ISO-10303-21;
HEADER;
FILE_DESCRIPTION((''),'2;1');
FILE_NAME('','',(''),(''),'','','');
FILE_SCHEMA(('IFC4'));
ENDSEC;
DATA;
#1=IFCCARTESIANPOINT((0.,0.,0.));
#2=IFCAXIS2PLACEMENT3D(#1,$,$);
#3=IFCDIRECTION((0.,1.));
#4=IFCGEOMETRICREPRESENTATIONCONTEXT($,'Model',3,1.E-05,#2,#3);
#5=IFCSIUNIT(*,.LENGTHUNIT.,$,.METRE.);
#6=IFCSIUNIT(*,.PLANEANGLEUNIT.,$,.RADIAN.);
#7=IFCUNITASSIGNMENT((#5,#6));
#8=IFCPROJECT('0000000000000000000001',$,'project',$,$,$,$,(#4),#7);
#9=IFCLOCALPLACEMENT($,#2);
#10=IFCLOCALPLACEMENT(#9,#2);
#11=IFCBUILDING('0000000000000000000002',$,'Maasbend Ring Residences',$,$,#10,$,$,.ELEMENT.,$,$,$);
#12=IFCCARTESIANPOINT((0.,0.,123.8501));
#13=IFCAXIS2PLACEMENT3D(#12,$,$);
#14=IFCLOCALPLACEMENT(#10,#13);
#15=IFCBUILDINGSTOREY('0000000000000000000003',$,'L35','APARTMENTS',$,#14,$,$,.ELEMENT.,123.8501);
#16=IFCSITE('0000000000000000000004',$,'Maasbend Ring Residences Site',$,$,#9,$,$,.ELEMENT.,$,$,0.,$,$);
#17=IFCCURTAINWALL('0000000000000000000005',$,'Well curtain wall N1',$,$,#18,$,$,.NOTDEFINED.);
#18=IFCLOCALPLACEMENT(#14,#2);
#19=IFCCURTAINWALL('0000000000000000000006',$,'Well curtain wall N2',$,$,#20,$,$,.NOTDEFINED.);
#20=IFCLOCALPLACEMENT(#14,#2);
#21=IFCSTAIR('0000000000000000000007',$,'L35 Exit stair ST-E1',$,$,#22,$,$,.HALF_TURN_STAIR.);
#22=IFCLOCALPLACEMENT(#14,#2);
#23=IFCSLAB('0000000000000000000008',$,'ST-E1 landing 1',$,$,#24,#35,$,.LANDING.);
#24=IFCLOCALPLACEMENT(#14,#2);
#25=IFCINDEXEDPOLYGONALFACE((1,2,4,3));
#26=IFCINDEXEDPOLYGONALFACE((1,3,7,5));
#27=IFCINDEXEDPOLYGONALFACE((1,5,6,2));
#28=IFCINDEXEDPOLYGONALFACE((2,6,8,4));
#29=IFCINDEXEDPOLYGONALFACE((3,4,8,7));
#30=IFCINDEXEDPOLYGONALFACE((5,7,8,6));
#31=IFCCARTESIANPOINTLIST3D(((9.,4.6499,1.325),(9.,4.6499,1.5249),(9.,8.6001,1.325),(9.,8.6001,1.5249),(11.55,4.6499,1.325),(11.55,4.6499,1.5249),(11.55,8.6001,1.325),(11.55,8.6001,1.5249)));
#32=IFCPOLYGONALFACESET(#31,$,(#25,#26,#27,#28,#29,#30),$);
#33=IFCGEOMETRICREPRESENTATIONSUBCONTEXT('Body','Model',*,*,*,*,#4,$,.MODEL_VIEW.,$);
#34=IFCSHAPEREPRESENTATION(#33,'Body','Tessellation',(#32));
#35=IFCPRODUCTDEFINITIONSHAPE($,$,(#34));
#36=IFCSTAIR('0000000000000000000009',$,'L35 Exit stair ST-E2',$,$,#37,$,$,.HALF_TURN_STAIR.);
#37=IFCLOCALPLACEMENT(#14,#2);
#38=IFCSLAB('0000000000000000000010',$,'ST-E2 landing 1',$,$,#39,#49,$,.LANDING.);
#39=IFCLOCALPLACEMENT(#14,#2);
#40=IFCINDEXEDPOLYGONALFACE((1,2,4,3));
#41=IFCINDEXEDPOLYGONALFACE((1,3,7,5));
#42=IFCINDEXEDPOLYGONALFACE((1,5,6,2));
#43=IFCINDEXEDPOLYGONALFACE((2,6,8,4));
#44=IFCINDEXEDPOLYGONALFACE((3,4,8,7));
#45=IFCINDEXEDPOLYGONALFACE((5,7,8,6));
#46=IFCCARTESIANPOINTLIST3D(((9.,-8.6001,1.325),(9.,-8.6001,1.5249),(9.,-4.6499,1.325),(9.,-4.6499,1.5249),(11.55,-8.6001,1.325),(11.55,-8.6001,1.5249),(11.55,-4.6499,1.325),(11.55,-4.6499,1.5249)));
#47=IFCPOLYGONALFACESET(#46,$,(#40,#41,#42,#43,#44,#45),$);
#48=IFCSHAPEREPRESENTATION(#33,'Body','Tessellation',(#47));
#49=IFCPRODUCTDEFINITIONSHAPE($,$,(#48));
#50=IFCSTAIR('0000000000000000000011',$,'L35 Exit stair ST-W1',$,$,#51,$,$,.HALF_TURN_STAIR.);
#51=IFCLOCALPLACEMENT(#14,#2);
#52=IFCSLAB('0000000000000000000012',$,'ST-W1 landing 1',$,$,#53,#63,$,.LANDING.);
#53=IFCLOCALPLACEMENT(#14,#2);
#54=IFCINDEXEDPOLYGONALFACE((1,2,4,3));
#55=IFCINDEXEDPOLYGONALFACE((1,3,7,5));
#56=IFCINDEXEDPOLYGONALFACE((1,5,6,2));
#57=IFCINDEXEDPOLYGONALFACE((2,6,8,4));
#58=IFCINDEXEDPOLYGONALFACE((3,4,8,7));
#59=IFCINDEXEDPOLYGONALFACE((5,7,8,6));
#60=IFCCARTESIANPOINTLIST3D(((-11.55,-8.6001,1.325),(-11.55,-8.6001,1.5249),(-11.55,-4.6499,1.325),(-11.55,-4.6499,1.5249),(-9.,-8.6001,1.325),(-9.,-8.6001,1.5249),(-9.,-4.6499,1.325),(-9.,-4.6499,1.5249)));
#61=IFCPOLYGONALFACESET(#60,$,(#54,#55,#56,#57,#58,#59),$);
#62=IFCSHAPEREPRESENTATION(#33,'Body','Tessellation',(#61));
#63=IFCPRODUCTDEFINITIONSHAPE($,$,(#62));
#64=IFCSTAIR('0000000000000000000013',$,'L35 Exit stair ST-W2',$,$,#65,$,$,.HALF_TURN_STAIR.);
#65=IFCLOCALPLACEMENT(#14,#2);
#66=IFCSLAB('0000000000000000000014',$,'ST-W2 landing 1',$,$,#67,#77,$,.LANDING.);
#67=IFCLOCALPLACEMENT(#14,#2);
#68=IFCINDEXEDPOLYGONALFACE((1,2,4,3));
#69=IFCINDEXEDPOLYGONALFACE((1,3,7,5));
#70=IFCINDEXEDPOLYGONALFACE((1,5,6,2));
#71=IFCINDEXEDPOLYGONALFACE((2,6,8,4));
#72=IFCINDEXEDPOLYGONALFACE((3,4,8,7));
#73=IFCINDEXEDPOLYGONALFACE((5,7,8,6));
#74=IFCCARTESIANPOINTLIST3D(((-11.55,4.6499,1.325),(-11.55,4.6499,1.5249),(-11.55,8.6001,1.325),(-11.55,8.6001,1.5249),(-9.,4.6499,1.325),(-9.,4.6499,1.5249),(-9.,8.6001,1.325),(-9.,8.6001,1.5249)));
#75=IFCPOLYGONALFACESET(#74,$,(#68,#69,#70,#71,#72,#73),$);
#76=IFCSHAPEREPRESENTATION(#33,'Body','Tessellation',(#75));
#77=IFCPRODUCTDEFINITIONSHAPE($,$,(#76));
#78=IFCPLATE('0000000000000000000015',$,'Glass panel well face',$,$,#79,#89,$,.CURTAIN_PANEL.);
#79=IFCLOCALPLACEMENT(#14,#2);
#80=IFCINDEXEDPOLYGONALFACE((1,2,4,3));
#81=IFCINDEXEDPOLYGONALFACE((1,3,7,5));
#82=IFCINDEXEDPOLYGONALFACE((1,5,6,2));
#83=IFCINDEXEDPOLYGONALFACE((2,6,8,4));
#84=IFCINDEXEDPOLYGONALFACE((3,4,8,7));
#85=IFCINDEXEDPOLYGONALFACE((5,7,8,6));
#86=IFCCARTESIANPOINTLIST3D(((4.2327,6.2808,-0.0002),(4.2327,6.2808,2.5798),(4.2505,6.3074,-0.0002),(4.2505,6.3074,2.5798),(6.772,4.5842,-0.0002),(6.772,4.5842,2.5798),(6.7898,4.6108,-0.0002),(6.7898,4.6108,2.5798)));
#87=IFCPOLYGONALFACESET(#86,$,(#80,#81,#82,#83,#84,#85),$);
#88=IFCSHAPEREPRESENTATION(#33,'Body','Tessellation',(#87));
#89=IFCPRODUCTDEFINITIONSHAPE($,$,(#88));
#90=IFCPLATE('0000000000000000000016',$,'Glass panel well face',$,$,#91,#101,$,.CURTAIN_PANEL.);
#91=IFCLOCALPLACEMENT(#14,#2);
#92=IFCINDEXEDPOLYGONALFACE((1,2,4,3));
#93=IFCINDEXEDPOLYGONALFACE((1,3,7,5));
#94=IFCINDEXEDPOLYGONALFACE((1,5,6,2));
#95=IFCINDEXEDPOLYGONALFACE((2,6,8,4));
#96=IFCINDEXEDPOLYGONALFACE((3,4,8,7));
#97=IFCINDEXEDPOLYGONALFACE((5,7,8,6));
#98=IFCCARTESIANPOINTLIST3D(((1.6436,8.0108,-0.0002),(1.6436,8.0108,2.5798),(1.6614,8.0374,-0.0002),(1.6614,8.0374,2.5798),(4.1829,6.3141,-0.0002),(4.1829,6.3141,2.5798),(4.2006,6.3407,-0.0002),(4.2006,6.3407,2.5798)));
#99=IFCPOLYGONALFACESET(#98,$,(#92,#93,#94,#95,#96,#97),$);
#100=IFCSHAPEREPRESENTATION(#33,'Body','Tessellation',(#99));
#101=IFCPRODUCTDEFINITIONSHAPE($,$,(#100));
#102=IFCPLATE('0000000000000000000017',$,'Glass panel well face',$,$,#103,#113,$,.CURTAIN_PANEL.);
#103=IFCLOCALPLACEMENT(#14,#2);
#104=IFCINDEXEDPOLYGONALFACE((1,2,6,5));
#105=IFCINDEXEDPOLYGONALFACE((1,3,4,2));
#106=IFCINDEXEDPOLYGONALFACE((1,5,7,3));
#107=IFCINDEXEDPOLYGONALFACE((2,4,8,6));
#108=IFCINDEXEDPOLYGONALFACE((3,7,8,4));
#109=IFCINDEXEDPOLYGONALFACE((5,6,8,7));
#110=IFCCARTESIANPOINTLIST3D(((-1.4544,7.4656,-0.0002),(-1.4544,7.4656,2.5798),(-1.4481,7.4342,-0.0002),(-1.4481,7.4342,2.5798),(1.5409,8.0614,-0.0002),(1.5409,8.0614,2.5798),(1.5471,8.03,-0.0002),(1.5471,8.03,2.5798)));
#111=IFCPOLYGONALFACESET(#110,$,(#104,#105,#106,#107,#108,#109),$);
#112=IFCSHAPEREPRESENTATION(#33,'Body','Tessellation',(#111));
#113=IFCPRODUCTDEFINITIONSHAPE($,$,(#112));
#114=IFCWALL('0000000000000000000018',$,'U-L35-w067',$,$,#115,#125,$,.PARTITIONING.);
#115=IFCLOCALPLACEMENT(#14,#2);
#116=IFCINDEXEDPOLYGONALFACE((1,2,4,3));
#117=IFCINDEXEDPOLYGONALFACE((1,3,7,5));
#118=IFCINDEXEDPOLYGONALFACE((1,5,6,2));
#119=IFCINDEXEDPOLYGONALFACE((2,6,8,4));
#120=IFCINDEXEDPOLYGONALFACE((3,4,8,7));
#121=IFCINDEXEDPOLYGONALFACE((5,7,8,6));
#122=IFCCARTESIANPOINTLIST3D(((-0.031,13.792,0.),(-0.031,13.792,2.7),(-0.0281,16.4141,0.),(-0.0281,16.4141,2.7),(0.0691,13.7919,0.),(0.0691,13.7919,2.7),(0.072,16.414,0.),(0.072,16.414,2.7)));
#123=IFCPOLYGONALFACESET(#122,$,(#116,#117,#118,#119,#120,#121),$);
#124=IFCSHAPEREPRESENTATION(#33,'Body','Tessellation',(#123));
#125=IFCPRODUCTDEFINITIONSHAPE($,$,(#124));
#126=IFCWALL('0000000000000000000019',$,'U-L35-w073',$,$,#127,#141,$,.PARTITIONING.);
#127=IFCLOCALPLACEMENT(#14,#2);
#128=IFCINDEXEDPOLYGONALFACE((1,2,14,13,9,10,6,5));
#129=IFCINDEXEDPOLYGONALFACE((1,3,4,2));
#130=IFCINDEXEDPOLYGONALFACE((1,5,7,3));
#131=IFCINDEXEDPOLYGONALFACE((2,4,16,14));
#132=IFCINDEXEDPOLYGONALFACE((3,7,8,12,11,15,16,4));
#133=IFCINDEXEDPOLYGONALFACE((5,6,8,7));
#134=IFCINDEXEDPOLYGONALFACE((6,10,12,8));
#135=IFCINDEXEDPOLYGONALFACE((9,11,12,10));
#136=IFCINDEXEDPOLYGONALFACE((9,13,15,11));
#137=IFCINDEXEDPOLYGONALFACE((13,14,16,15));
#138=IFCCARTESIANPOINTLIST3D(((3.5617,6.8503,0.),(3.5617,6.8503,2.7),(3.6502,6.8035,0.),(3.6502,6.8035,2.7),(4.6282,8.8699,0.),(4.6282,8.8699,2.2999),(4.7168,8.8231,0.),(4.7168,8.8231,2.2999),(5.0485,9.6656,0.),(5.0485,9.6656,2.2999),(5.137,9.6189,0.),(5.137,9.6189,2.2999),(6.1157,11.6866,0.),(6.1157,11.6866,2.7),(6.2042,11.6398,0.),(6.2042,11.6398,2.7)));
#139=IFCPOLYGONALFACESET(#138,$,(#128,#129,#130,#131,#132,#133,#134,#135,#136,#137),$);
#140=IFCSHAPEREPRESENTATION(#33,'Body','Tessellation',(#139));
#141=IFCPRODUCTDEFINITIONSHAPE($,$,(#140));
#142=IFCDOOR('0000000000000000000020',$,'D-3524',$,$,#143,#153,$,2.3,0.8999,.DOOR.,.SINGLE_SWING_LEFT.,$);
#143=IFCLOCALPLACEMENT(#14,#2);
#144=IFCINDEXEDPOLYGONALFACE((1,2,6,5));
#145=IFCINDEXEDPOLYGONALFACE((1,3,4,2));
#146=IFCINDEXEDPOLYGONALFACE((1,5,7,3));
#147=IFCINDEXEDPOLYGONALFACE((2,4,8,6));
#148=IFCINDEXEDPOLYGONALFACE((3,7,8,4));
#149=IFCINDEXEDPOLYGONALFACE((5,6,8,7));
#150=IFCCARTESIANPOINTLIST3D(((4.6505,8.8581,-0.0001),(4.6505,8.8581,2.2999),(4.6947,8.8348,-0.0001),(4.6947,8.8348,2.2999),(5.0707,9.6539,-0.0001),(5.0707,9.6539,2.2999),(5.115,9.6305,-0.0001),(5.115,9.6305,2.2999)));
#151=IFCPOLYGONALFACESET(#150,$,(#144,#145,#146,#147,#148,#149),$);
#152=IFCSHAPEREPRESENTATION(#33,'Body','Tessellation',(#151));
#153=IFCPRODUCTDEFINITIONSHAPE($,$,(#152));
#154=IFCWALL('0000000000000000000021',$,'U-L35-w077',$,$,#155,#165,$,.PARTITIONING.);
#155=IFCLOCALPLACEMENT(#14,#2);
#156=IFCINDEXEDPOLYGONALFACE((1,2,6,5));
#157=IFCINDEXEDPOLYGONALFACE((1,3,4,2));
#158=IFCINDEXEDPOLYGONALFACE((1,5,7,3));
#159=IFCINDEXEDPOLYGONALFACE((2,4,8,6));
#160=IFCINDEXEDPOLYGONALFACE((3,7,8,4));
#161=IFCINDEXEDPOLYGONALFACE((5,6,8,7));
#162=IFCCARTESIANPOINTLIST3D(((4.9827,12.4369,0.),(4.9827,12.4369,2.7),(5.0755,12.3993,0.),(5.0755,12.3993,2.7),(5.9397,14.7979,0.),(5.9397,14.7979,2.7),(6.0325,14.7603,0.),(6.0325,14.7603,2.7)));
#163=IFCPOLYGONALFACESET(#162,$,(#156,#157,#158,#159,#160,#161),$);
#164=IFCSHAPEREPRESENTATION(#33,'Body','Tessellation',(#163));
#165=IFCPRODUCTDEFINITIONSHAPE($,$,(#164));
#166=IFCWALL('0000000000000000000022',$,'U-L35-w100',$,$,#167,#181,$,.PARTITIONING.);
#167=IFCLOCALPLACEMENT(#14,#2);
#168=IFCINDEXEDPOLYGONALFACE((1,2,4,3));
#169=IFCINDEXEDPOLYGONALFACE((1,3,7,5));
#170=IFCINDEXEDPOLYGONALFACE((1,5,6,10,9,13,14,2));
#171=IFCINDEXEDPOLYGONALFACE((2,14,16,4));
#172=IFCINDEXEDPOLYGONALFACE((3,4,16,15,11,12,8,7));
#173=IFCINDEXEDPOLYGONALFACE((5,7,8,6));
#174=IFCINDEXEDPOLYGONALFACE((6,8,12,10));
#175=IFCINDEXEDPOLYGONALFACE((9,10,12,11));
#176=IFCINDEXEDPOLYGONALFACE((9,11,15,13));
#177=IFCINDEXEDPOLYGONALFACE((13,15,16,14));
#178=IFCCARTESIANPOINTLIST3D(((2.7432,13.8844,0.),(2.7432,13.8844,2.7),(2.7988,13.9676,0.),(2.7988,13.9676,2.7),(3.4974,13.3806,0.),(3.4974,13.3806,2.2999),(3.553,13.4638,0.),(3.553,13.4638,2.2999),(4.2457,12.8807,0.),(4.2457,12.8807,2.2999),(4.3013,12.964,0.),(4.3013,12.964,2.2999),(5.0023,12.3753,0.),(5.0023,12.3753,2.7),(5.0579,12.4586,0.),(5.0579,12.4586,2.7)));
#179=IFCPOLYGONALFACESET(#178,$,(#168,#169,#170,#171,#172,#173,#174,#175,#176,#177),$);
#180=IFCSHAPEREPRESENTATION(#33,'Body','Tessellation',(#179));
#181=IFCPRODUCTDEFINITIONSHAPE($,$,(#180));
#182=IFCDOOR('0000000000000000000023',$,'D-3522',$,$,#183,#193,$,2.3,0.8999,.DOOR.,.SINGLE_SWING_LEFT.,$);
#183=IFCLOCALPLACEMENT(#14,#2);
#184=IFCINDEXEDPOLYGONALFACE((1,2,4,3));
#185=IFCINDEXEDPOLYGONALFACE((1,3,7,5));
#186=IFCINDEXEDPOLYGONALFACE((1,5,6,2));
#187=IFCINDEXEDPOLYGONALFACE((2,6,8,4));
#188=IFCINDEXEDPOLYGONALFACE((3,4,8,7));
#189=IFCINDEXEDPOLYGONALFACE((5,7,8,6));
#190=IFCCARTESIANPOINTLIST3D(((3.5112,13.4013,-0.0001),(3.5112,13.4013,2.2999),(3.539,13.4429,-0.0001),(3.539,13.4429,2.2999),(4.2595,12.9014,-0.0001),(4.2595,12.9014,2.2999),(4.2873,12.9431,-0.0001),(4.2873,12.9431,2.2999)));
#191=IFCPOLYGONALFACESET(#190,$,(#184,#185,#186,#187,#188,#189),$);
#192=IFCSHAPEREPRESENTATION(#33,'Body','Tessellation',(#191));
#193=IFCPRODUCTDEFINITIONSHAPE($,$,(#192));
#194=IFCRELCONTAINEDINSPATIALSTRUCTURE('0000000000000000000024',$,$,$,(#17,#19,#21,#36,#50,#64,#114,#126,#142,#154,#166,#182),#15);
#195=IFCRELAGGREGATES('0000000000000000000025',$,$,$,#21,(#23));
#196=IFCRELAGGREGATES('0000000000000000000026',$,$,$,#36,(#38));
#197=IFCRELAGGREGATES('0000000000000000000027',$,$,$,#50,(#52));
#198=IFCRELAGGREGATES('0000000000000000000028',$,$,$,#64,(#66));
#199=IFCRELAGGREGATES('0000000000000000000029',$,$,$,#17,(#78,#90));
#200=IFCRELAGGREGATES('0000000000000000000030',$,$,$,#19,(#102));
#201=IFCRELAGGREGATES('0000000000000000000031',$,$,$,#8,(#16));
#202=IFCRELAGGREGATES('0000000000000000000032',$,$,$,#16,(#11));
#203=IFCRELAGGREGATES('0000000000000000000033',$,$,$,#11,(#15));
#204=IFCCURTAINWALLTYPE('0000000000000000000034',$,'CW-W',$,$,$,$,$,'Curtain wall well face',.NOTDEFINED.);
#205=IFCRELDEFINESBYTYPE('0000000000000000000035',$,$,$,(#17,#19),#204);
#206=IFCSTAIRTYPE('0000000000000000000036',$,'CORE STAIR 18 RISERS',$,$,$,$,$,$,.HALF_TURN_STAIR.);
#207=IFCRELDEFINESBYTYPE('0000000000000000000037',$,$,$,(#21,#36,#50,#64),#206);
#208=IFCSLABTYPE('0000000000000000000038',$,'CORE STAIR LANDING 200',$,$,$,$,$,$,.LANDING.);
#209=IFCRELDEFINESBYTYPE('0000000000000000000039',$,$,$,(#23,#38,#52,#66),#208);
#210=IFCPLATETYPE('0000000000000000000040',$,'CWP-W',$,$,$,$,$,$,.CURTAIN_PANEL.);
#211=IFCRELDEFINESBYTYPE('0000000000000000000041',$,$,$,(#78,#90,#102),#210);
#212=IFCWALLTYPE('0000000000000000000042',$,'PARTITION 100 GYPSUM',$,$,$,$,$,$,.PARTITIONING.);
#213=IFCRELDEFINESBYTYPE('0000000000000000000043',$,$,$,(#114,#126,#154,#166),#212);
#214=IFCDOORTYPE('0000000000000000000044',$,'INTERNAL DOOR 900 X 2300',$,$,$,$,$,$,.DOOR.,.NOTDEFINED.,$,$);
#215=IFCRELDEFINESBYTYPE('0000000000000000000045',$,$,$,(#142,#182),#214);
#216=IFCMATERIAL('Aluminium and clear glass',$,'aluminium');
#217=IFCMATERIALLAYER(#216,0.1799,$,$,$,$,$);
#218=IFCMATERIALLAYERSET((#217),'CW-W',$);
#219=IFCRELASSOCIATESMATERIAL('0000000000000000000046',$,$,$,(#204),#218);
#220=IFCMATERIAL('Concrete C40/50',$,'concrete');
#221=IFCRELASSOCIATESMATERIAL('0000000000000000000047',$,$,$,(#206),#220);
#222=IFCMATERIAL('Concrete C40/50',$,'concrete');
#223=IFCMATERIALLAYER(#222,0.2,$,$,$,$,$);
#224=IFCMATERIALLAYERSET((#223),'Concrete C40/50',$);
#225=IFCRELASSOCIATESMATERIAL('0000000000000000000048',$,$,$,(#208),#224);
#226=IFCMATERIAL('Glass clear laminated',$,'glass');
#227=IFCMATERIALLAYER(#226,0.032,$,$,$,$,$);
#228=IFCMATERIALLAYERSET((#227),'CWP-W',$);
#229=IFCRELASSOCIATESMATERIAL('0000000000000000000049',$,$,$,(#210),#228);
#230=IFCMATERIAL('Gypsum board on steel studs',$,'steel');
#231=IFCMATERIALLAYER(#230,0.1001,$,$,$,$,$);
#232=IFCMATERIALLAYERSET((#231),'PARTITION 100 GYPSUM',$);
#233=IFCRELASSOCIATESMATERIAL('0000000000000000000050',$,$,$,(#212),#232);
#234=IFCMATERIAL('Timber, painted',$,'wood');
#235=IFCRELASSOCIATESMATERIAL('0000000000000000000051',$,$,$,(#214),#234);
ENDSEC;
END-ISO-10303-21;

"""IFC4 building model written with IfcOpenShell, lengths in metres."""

from ifc_helpers import new_model, si_unit, direction, frame, frame_2d, origin, origin_2d, place, context, subcontext, project, spatial, polyline, rectangle, outline, extrude, material, layer, layer_set, type_object, element, fill, aggregate, save


model = new_model("IFC4")

# Units and contexts
model_context = context("Model", 3, precision=1e-05, world=origin(), true_north=direction((0.0, 1.0)))
body_context = subcontext(model_context, "Body", "Model", "MODEL_VIEW")
ifc_project = project(units=[si_unit("LENGTHUNIT", "METRE"), si_unit("PLANEANGLEUNIT", "RADIAN")], contexts=[model_context])

# Site, building, storey
site_placement = place(None, origin())
site = spatial("IfcSite", under=ifc_project, at=site_placement, Name="Maasbend Ring Residences Site", CompositionType="ELEMENT", RefElevation=0.0)
building_placement = place(site_placement, origin())
building = spatial("IfcBuilding", under=site, at=building_placement, Name="Maasbend Ring Residences", CompositionType="ELEMENT")
storey_placement = place(building_placement, frame((0.0, 0.0, 123.8501)))
storey = spatial("IfcBuildingStorey", under=building, at=storey_placement, Name="L35", Description="APARTMENTS", CompositionType="ELEMENT", Elevation=123.8501)

# Curtain wall
ifc_material_1 = material(Name="Aluminium and clear glass", Category="aluminium")
ifc_layer_1 = layer(ifc_material_1, 0.1799)
ifc_layer_set_1 = layer_set([ifc_layer_1], Name="CW-W")
curtain_wall_type = type_object("IfcCurtainWallType", Name="CW-W", ElementType="Curtain wall well face", PredefinedType="NOTDEFINED", material=ifc_layer_set_1)
curtain_wall_1_placement = place(storey_placement, origin())
curtain_wall_1 = element("IfcCurtainWall", 1, at=curtain_wall_1_placement, inside=storey, type_object=curtain_wall_type, Name="Well curtain wall N1", PredefinedType="NOTDEFINED")

# Curtain wall
curtain_wall_2_placement = place(storey_placement, origin())
curtain_wall_2 = element("IfcCurtainWall", 2, at=curtain_wall_2_placement, inside=storey, type_object=curtain_wall_type, Name="Well curtain wall N2", PredefinedType="NOTDEFINED")

# Stairs, slabs
ifc_material_2 = material(Name="Concrete C40/50", Category="concrete")
stair_type = type_object("IfcStairType", Name="CORE STAIR 18 RISERS", PredefinedType="HALF_TURN_STAIR", material=ifc_material_2)
stair_1_placement = place(storey_placement, origin())
stair_1 = element("IfcStair", 3, at=stair_1_placement, inside=storey, type_object=stair_type, Name="L35 Exit stair ST-E1", PredefinedType="HALF_TURN_STAIR")
ifc_material_3 = material(Name="Concrete C40/50", Category="concrete")
ifc_layer_2 = layer(ifc_material_3, 0.2)
ifc_layer_set_2 = layer_set([ifc_layer_2], Name="Concrete C40/50")
slab_type = type_object("IfcSlabType", Name="CORE STAIR LANDING 200", PredefinedType="LANDING", material=ifc_layer_set_2)
slab_1_placement = place(storey_placement, frame((0.0, 0.0, 1.325)))
slab_1 = element("IfcSlab", 4, at=slab_1_placement, type_object=slab_type, Name="ST-E1 landing 1", PredefinedType="LANDING", context=body_context, shape_type="SweptSolid", body=[
    extrude(outline(polyline([(11.55, 8.6001), (9.0, 8.6001), (9.0, 4.6499), (11.55, 4.6499), (11.55, 8.6001)])), origin(), (0.0, 0.0, 1.0), 0.2),
])
aggregate(stair_1, [slab_1])
stair_2_placement = place(storey_placement, origin())
stair_2 = element("IfcStair", 5, at=stair_2_placement, inside=storey, type_object=stair_type, Name="L35 Exit stair ST-E2", PredefinedType="HALF_TURN_STAIR")
slab_2_placement = place(storey_placement, frame((0.0, 0.0, 1.325)))
slab_2 = element("IfcSlab", 6, at=slab_2_placement, type_object=slab_type, Name="ST-E2 landing 1", PredefinedType="LANDING", context=body_context, shape_type="SweptSolid", body=[
    extrude(outline(polyline([(11.55, -4.6499), (9.0, -4.6499), (9.0, -8.6001), (11.55, -8.6001), (11.55, -4.6499)])), origin(), (0.0, 0.0, 1.0), 0.2),
])
aggregate(stair_2, [slab_2])
stair_3_placement = place(storey_placement, origin())
stair_3 = element("IfcStair", 7, at=stair_3_placement, inside=storey, type_object=stair_type, Name="L35 Exit stair ST-W1", PredefinedType="HALF_TURN_STAIR")
slab_3_placement = place(storey_placement, frame((0.0, 0.0, 1.325)))
slab_3 = element("IfcSlab", 8, at=slab_3_placement, type_object=slab_type, Name="ST-W1 landing 1", PredefinedType="LANDING", context=body_context, shape_type="SweptSolid", body=[
    extrude(outline(polyline([(-11.55, -8.6001), (-9.0, -8.6001), (-9.0, -4.6499), (-11.55, -4.6499), (-11.55, -8.6001)])), origin(), (0.0, 0.0, 1.0), 0.2),
])
aggregate(stair_3, [slab_3])
stair_4_placement = place(storey_placement, origin())
stair_4 = element("IfcStair", 9, at=stair_4_placement, inside=storey, type_object=stair_type, Name="L35 Exit stair ST-W2", PredefinedType="HALF_TURN_STAIR")
slab_4_placement = place(storey_placement, frame((0.0, 0.0, 1.325)))
slab_4 = element("IfcSlab", 10, at=slab_4_placement, type_object=slab_type, Name="ST-W2 landing 1", PredefinedType="LANDING", context=body_context, shape_type="SweptSolid", body=[
    extrude(outline(polyline([(-11.55, 4.6499), (-9.0, 4.6499), (-9.0, 8.6001), (-11.55, 8.6001), (-11.55, 4.6499)])), origin(), (0.0, 0.0, 1.0), 0.2),
])
aggregate(stair_4, [slab_4])

# Plates
ifc_material_4 = material(Name="Glass clear laminated", Category="glass")
ifc_layer_3 = layer(ifc_material_4, 0.032)
ifc_layer_set_3 = layer_set([ifc_layer_3], Name="CWP-W")
plate_type = type_object("IfcPlateType", Name="CWP-W", PredefinedType="CURTAIN_PANEL", material=ifc_layer_set_3)
plate_1_placement = place(storey_placement, frame((5.5112, 5.4458, -0.0002), z_axis=(0.0, 0.0, 1.0), x_axis=(-0.83147, 0.55557, 0.0)))
plate_1 = element("IfcPlate", 11, at=plate_1_placement, type_object=plate_type, Name="Glass panel well face", PredefinedType="CURTAIN_PANEL", context=body_context, shape_type="SweptSolid", body=[
    extrude(rectangle(XDim=3.054, YDim=0.032, at=origin_2d()), origin(), (0.0, 0.0, 1.0), 2.5801),
])
plate_2_placement = place(storey_placement, frame((2.9221, 7.1758, -0.0002), z_axis=(0.0, 0.0, 1.0), x_axis=(-0.83147, 0.55557, 0.0)))
plate_2 = element("IfcPlate", 12, at=plate_2_placement, type_object=plate_type, Name="Glass panel well face", PredefinedType="CURTAIN_PANEL", context=body_context, shape_type="SweptSolid", body=[
    extrude(rectangle(XDim=3.054, YDim=0.032, at=origin_2d()), origin(), (0.0, 0.0, 1.0), 2.5801),
])
aggregate(curtain_wall_1, [plate_1, plate_2])
plate_3_placement = place(storey_placement, frame((0.0464, 7.7478, -0.0002), z_axis=(0.0, 0.0, 1.0), x_axis=(-0.980785, -0.19509, 0.0)))
plate_3 = element("IfcPlate", 13, at=plate_3_placement, type_object=plate_type, Name="Glass panel well face", PredefinedType="CURTAIN_PANEL", context=body_context, shape_type="SweptSolid", body=[
    extrude(rectangle(XDim=3.054, YDim=0.032, at=origin_2d()), origin(), (0.0, 0.0, 1.0), 2.5801),
])
aggregate(curtain_wall_2, [plate_3])

# Wall
ifc_material_5 = material(Name="Gypsum board on steel studs", Category="steel")
ifc_layer_4 = layer(ifc_material_5, 0.1001)
ifc_layer_set_4 = layer_set([ifc_layer_4], Name="PARTITION 100 GYPSUM")
wall_type_1 = type_object("IfcWallType", Name="PARTITION 100 GYPSUM", PredefinedType="PARTITIONING", material=ifc_layer_set_4)
wall_1_placement = place(storey_placement, frame((0.019, 13.792, 0.0), z_axis=(0.0, 0.0, 1.0), x_axis=(0.001117, 0.999999, 0.0)))
element("IfcWall", 14, at=wall_1_placement, inside=storey, type_object=wall_type_1, Name="U-L35-w067", PredefinedType="PARTITIONING", context=body_context, shape_type="SweptSolid", body=[
    extrude(rectangle(XDim=2.6221, YDim=0.1001, at=frame_2d((1.311, 0.0))), origin(), (0.0, 0.0, 1.0), 2.7),
])

# Wall, opening, door
wall_2_placement = place(storey_placement, frame((3.606, 6.8269, 0.0), z_axis=(0.0, 0.0, 1.0), x_axis=(0.466977, 0.88427, 0.0)))
wall_2 = element("IfcWall", 15, at=wall_2_placement, inside=storey, type_object=wall_type_1, Name="U-L35-w073", PredefinedType="PARTITIONING", context=body_context, shape_type="SweptSolid", body=[
    extrude(rectangle(XDim=5.4692, YDim=0.1001, at=frame_2d((2.7346, 0.0))), origin(), (0.0, 0.0, 1.0), 2.7),
])
opening_1_placement = place(wall_2_placement, frame((2.2839, 0.0, 0.0)))
opening_1 = element("IfcOpeningElement", 16, at=opening_1_placement, cuts=wall_2, PredefinedType="OPENING", context=body_context, shape_type="SweptSolid", body=[
    extrude(rectangle(XDim=0.8999, YDim=2.3, at=frame_2d((0.45, 1.1499))), frame((0.0, 0.0601, 0.0), z_axis=(0.0, -1.0, 0.0), x_axis=(1.0, 0.0, 0.0)), (0.0, 0.0, 1.0), 0.1201),
])
ifc_material_6 = material(Name="Timber, painted", Category="wood")
door_type = type_object("IfcDoorType", Name="INTERNAL DOOR 900 X 2300", OperationType="NOTDEFINED", PredefinedType="DOOR", material=ifc_material_6)
door_1_placement = place(opening_1_placement, origin())
door_1 = element("IfcDoor", 17, at=door_1_placement, inside=storey, type_object=door_type, Name="D-3524", OperationType="SINGLE_SWING_LEFT", OverallHeight=2.3, OverallWidth=0.8999, PredefinedType="DOOR", context=body_context, shape_type="SweptSolid", body=[
    extrude(rectangle(XDim=0.8999, YDim=2.3, at=frame_2d((0.45, 1.1499))), frame((0.0, 0.0249, 0.0), z_axis=(0.0, -1.0, 0.0), x_axis=(1.0, 0.0, 0.0)), (0.0, 0.0, 1.0), 0.05),
])
fill(opening_1, door_1)

# Wall
wall_3_placement = place(storey_placement, frame((5.0291, 12.418, 0.0), z_axis=(0.0, 0.0, 1.0), x_axis=(0.375649, 0.926762, 0.0)))
element("IfcWall", 18, at=wall_3_placement, inside=storey, type_object=wall_type_1, Name="U-L35-w077", PredefinedType="PARTITIONING", context=body_context, shape_type="SweptSolid", body=[
    extrude(rectangle(XDim=2.5476, YDim=0.1001, at=frame_2d((1.2739, 0.0))), origin(), (0.0, 0.0, 1.0), 2.7),
])

# Wall, opening, door
wall_4_placement = place(storey_placement, frame((2.771, 13.926, 0.0), z_axis=(0.0, 0.0, 1.0), x_axis=(0.831538, -0.555467, 0.0)))
wall_4 = element("IfcWall", 19, at=wall_4_placement, inside=storey, type_object=wall_type_1, Name="U-L35-w100", PredefinedType="PARTITIONING", context=body_context, shape_type="SweptSolid", body=[
    extrude(rectangle(XDim=2.7168, YDim=0.1001, at=frame_2d((1.3584, 0.0))), origin(), (0.0, 0.0, 1.0), 2.7),
])
opening_2_placement = place(wall_4_placement, frame((0.907, 0.0, 0.0)))
opening_2 = element("IfcOpeningElement", 20, at=opening_2_placement, cuts=wall_4, PredefinedType="OPENING", context=body_context, shape_type="SweptSolid", body=[
    extrude(rectangle(XDim=0.8999, YDim=2.3, at=frame_2d((0.45, 1.1499))), frame((0.0, 0.0601, 0.0), z_axis=(0.0, -1.0, 0.0), x_axis=(1.0, 0.0, 0.0)), (0.0, 0.0, 1.0), 0.1201),
])
door_2_placement = place(opening_2_placement, origin())
door_2 = element("IfcDoor", 21, at=door_2_placement, inside=storey, type_object=door_type, Name="D-3522", OperationType="SINGLE_SWING_LEFT", OverallHeight=2.3, OverallWidth=0.8999, PredefinedType="DOOR", context=body_context, shape_type="SweptSolid", body=[
    extrude(rectangle(XDim=0.8999, YDim=2.3, at=frame_2d((0.45, 1.1499))), frame((0.0, 0.0249, 0.0), z_axis=(0.0, -1.0, 0.0), x_axis=(1.0, 0.0, 0.0)), (0.0, 0.0, 1.0), 0.05),
])
fill(opening_2, door_2)

save(model, "model.ifc")
